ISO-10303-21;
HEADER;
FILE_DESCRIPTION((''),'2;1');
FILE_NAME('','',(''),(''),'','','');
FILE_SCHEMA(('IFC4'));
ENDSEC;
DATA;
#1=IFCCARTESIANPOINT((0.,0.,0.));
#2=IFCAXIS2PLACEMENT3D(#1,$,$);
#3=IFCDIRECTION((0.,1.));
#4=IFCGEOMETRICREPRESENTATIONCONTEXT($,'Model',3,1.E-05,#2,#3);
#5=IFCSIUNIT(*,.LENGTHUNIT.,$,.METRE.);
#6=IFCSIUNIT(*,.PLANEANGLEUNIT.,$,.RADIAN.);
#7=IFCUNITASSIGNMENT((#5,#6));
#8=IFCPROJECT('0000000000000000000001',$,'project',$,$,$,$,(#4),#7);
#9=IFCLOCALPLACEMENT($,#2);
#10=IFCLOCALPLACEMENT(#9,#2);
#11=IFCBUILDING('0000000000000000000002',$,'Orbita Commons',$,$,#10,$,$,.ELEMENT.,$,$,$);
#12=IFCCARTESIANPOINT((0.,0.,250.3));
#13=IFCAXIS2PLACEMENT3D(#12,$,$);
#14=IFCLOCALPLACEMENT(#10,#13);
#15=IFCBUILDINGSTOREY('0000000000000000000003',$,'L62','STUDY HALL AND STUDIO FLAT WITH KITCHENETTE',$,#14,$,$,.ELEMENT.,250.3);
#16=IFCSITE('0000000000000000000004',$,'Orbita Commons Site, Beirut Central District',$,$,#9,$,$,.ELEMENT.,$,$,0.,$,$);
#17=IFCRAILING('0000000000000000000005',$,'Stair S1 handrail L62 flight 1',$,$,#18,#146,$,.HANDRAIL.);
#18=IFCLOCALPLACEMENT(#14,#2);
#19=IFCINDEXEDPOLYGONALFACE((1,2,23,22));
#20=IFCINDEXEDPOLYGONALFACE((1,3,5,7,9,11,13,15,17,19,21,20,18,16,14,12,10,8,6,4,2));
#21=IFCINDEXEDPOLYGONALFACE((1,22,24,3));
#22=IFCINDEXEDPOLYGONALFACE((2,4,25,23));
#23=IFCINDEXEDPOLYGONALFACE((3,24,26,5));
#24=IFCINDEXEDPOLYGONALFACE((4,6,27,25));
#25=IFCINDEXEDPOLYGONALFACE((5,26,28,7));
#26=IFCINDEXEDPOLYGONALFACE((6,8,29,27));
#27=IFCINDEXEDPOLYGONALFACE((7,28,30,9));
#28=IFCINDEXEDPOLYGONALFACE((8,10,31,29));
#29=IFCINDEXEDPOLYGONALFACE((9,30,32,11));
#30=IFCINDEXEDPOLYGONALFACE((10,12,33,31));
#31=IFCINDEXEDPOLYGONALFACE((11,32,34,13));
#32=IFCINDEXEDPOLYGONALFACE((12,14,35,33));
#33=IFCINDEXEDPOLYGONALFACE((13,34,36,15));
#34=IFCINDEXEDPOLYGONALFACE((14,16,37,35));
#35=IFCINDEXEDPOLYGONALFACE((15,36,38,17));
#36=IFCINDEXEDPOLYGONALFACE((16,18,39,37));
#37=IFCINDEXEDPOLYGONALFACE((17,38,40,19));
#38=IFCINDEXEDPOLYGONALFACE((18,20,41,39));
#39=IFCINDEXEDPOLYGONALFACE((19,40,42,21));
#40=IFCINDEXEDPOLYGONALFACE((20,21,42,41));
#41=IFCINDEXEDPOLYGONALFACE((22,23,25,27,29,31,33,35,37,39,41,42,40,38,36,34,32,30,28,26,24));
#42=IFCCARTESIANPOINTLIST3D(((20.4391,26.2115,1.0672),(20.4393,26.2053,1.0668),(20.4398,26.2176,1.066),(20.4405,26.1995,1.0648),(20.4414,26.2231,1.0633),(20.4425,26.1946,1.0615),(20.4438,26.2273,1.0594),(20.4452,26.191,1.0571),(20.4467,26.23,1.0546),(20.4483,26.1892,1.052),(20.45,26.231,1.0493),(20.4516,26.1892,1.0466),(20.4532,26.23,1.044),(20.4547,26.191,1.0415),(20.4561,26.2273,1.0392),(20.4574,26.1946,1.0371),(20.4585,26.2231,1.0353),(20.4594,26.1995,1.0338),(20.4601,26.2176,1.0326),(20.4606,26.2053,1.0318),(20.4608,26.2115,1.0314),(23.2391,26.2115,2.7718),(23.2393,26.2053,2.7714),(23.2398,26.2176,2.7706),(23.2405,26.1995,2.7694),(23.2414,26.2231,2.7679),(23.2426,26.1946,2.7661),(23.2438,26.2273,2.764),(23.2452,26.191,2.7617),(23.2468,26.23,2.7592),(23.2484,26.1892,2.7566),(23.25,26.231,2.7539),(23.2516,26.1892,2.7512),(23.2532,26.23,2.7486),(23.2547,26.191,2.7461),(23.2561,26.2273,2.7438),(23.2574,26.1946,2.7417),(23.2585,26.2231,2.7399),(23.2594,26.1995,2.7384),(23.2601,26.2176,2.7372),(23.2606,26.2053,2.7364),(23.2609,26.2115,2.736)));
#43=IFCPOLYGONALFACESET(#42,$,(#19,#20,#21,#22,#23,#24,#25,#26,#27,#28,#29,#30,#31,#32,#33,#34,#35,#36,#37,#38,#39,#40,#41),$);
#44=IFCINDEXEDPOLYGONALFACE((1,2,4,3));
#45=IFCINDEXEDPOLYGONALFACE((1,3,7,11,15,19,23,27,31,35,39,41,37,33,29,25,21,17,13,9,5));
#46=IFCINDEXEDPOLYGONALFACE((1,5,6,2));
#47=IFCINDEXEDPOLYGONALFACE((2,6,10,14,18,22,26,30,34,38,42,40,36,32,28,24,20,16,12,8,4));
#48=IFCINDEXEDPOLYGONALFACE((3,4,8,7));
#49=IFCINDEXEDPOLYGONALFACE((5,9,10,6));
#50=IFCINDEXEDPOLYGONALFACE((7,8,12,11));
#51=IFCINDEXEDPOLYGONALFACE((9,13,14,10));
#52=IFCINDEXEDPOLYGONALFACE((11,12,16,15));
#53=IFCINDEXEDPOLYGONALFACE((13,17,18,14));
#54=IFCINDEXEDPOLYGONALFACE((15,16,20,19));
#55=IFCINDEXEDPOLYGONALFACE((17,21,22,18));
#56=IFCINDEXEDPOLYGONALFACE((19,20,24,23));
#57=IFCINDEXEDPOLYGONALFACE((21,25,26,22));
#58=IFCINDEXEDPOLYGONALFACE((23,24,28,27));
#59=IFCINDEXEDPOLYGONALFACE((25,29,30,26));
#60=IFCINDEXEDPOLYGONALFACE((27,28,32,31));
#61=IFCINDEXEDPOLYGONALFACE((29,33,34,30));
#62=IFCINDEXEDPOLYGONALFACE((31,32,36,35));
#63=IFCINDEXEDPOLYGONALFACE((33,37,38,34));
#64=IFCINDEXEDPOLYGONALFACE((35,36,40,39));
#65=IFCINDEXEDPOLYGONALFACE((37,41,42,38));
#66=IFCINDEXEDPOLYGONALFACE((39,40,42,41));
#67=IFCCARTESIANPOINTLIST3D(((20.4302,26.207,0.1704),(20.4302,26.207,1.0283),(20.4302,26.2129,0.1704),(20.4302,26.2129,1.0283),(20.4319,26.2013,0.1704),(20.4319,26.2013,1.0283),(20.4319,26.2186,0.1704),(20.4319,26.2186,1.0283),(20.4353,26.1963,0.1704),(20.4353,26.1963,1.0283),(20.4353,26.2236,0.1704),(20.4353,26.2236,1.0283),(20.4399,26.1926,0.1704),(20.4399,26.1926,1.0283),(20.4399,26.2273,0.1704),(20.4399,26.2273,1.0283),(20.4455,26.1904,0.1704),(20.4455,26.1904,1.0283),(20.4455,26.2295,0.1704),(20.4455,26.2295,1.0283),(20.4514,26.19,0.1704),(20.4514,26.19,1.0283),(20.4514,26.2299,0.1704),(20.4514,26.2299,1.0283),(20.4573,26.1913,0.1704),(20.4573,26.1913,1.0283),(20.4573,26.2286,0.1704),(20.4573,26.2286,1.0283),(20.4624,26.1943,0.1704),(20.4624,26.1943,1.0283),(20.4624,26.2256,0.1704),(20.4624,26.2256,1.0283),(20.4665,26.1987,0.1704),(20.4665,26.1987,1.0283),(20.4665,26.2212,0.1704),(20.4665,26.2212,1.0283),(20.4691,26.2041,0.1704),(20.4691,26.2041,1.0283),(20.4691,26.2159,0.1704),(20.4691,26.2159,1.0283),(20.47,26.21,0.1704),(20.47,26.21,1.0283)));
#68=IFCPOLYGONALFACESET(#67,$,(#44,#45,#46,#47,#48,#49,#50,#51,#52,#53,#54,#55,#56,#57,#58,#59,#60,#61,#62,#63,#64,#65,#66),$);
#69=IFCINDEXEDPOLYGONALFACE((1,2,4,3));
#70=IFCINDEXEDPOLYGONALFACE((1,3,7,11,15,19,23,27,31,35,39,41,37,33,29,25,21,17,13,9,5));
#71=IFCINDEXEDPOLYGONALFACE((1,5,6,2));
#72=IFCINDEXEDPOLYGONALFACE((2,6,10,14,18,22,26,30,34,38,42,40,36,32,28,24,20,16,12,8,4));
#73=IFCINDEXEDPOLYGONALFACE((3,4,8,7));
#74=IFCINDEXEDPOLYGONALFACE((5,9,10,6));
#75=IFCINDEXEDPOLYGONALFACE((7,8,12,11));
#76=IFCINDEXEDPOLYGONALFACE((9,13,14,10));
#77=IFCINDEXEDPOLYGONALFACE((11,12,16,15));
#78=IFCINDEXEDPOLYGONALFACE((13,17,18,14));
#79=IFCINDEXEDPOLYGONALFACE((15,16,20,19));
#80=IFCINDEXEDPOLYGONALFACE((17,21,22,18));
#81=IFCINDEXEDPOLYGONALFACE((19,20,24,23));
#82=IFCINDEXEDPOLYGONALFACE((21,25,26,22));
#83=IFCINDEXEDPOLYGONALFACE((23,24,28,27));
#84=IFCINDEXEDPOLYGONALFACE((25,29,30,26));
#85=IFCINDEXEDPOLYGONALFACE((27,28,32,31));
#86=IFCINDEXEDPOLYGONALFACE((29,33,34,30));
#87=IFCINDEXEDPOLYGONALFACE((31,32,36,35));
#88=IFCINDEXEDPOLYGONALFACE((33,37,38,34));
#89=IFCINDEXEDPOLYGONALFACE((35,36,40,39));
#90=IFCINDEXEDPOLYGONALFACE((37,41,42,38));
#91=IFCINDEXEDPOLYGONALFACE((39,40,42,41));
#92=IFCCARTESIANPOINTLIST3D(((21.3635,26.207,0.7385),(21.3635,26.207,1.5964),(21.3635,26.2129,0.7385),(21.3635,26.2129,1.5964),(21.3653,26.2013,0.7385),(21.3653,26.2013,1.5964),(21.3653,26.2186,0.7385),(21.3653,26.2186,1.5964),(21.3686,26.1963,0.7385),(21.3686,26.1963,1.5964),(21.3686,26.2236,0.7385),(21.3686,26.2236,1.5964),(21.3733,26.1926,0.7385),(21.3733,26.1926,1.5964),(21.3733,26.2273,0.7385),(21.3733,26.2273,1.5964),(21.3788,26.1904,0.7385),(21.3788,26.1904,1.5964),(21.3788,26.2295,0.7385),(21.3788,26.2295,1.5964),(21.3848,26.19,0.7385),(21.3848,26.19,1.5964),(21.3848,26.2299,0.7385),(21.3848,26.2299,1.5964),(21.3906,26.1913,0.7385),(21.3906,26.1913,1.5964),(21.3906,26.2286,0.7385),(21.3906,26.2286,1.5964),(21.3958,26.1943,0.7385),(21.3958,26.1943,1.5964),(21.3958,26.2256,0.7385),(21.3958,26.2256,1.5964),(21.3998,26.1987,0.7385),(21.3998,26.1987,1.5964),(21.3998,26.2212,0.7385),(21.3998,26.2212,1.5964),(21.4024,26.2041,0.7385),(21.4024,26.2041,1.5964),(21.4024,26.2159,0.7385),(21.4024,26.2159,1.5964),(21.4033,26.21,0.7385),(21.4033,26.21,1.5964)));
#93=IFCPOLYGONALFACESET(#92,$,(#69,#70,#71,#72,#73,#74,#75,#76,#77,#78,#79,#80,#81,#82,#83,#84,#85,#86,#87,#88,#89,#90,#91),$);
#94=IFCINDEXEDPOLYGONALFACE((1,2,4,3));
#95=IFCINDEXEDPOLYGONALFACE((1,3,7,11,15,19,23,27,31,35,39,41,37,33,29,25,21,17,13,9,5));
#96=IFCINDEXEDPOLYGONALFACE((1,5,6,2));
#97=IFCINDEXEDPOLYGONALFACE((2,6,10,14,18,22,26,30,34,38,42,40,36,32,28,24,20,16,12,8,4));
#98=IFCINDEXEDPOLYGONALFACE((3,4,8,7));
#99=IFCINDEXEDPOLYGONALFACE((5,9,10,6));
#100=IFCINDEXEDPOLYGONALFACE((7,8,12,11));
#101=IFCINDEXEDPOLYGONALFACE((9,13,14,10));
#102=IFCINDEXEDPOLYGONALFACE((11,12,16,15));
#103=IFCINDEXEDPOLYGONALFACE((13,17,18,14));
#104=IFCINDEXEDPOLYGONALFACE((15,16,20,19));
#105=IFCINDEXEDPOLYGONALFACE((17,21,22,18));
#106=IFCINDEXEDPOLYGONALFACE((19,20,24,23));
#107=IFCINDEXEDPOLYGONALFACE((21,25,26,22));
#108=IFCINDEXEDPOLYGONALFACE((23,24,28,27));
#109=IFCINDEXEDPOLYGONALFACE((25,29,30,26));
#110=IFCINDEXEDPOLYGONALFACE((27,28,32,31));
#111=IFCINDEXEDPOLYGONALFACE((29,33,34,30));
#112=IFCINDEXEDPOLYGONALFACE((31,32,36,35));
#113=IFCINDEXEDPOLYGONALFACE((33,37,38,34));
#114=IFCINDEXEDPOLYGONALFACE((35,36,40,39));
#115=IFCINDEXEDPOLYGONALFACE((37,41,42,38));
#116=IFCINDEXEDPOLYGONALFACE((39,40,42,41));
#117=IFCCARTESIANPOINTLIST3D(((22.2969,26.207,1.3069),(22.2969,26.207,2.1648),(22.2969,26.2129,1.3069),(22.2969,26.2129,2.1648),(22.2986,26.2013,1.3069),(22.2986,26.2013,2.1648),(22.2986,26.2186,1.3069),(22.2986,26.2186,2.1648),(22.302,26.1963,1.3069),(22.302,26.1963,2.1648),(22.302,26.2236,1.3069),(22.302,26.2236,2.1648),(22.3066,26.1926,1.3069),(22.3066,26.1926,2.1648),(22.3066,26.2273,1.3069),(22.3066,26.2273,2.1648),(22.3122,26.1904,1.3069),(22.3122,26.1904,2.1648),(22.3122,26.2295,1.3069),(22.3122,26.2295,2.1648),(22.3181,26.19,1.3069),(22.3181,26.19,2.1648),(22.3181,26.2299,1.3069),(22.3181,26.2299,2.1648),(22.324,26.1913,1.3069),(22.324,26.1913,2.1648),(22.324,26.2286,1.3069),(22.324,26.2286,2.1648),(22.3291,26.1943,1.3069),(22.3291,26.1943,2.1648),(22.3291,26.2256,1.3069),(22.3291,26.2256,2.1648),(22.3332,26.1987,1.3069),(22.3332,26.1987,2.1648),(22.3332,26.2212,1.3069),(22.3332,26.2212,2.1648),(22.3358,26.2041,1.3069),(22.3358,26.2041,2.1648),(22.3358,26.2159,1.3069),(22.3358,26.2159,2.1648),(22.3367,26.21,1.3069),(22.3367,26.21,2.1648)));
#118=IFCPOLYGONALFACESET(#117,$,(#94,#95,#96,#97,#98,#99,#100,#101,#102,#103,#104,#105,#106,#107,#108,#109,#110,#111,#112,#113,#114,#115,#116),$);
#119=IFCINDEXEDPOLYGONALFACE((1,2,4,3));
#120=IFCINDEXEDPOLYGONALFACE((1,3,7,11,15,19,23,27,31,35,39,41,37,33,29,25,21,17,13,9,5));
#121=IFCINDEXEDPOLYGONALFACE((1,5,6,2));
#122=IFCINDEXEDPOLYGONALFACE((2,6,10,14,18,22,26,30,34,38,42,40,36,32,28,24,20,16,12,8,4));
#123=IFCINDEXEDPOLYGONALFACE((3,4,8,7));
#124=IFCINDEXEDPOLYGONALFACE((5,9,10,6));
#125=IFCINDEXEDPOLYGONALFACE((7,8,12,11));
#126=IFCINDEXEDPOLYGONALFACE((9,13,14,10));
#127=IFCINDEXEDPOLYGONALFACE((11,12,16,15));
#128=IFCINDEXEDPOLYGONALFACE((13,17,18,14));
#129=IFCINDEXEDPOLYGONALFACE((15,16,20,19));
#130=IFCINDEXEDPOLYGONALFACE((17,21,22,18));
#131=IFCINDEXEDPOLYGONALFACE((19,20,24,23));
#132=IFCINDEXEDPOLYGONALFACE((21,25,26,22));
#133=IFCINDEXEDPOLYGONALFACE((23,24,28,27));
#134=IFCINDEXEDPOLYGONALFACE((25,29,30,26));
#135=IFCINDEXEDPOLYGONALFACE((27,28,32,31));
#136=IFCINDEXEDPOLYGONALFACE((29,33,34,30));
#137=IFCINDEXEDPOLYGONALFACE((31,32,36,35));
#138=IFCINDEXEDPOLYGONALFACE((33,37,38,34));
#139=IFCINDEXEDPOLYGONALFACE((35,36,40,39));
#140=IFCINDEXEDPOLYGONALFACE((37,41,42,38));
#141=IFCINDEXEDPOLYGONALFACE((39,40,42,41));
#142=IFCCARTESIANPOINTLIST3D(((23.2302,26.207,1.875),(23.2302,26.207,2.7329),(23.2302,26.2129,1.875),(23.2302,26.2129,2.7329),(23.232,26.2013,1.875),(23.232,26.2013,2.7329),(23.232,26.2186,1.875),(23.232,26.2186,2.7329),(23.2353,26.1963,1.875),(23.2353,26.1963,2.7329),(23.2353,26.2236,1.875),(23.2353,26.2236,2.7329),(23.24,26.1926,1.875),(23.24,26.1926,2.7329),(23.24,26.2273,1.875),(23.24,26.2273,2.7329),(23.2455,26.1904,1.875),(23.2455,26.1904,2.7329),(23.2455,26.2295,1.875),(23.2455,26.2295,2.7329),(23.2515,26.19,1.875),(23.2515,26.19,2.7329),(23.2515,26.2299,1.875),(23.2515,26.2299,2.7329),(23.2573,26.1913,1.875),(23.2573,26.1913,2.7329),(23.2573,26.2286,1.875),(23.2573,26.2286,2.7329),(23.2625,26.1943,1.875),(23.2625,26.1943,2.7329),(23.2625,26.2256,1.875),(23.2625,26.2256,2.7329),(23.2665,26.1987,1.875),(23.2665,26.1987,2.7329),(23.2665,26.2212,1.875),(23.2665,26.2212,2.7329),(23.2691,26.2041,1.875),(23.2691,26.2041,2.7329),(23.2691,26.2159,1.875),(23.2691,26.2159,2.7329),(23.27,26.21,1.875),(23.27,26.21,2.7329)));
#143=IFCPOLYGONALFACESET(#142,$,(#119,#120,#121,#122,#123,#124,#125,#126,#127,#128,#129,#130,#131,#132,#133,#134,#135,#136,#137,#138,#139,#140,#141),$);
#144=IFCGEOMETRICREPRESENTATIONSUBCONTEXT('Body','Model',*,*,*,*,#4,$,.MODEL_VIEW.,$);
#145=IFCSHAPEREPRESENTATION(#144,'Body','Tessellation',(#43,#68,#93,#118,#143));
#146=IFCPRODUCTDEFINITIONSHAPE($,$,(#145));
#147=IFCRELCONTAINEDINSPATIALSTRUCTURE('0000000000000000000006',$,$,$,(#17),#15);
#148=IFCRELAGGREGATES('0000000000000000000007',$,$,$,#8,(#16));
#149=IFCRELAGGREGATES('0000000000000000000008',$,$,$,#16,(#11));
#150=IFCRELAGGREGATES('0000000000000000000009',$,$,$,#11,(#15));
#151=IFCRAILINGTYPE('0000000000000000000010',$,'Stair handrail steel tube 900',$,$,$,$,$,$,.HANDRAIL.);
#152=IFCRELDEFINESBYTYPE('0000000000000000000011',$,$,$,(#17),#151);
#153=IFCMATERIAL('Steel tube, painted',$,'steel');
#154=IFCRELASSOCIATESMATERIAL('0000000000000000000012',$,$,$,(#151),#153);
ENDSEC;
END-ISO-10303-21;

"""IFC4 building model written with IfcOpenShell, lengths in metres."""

from ifc_helpers import new_model, si_unit, direction, frame, origin, origin_2d, place, context, subcontext, project, spatial, circle, extrude, material, type_object, element, save


model = new_model("IFC4")

# Units and contexts
model_context = context("Model", 3, precision=1e-05, world=origin(), true_north=direction((0.0, 1.0)))
body_context = subcontext(model_context, "Body", "Model", "MODEL_VIEW")
ifc_project = project(units=[si_unit("LENGTHUNIT", "METRE"), si_unit("PLANEANGLEUNIT", "RADIAN")], contexts=[model_context])

# Site, building, storey
site_placement = place(None, origin())
site = spatial("IfcSite", under=ifc_project, at=site_placement, Name="Orbita Commons Site, Beirut Central District", CompositionType="ELEMENT", RefElevation=0.0)
building_placement = place(site_placement, origin())
building = spatial("IfcBuilding", under=site, at=building_placement, Name="Orbita Commons", CompositionType="ELEMENT")
storey_placement = place(building_placement, frame((0.0, 0.0, 250.3)))
storey = spatial("IfcBuildingStorey", under=building, at=storey_placement, Name="L62", Description="STUDY HALL AND STUDIO FLAT WITH KITCHENETTE", CompositionType="ELEMENT", Elevation=250.3)

# Railing
ifc_material_1 = material(Name="Steel tube, painted", Category="steel")
railing_type = type_object("IfcRailingType", Name="Stair handrail steel tube 900", PredefinedType="HANDRAIL", material=ifc_material_1)
for number, where, name in (
    (1, (20.45, 26.21, 0.1704), "Stair S1 handrail L62 flight 1"),
):
    element("IfcRailing", number, at=place(storey_placement, frame(where)), inside=storey, type_object=railing_type, Name=name, PredefinedType="HANDRAIL", context=body_context, shape_type="SweptSolid", body=[
        extrude(circle(Radius=0.021, at=origin_2d()), frame((0.0, 0.0, 0.8789), z_axis=(0.85417, 0.0, 0.519994), x_axis=(0.0, 1.0, 0.0)), (0.0, 0.0, 1.0), 3.2781),
        extrude(circle(Radius=0.02, at=origin_2d()), origin(), (0.0, 0.0, 1.0), 0.8579),
        extrude(circle(Radius=0.02, at=origin_2d()), frame((0.9333, 0.0, 0.5681)), (0.0, 0.0, 1.0), 0.8579),
        extrude(circle(Radius=0.02, at=origin_2d()), frame((1.8667, 0.0, 1.1365)), (0.0, 0.0, 1.0), 0.8579),
        extrude(circle(Radius=0.02, at=origin_2d()), frame((2.8, 0.0, 1.7046)), (0.0, 0.0, 1.0), 0.8579),
    ])

save(model, "model.ifc")
